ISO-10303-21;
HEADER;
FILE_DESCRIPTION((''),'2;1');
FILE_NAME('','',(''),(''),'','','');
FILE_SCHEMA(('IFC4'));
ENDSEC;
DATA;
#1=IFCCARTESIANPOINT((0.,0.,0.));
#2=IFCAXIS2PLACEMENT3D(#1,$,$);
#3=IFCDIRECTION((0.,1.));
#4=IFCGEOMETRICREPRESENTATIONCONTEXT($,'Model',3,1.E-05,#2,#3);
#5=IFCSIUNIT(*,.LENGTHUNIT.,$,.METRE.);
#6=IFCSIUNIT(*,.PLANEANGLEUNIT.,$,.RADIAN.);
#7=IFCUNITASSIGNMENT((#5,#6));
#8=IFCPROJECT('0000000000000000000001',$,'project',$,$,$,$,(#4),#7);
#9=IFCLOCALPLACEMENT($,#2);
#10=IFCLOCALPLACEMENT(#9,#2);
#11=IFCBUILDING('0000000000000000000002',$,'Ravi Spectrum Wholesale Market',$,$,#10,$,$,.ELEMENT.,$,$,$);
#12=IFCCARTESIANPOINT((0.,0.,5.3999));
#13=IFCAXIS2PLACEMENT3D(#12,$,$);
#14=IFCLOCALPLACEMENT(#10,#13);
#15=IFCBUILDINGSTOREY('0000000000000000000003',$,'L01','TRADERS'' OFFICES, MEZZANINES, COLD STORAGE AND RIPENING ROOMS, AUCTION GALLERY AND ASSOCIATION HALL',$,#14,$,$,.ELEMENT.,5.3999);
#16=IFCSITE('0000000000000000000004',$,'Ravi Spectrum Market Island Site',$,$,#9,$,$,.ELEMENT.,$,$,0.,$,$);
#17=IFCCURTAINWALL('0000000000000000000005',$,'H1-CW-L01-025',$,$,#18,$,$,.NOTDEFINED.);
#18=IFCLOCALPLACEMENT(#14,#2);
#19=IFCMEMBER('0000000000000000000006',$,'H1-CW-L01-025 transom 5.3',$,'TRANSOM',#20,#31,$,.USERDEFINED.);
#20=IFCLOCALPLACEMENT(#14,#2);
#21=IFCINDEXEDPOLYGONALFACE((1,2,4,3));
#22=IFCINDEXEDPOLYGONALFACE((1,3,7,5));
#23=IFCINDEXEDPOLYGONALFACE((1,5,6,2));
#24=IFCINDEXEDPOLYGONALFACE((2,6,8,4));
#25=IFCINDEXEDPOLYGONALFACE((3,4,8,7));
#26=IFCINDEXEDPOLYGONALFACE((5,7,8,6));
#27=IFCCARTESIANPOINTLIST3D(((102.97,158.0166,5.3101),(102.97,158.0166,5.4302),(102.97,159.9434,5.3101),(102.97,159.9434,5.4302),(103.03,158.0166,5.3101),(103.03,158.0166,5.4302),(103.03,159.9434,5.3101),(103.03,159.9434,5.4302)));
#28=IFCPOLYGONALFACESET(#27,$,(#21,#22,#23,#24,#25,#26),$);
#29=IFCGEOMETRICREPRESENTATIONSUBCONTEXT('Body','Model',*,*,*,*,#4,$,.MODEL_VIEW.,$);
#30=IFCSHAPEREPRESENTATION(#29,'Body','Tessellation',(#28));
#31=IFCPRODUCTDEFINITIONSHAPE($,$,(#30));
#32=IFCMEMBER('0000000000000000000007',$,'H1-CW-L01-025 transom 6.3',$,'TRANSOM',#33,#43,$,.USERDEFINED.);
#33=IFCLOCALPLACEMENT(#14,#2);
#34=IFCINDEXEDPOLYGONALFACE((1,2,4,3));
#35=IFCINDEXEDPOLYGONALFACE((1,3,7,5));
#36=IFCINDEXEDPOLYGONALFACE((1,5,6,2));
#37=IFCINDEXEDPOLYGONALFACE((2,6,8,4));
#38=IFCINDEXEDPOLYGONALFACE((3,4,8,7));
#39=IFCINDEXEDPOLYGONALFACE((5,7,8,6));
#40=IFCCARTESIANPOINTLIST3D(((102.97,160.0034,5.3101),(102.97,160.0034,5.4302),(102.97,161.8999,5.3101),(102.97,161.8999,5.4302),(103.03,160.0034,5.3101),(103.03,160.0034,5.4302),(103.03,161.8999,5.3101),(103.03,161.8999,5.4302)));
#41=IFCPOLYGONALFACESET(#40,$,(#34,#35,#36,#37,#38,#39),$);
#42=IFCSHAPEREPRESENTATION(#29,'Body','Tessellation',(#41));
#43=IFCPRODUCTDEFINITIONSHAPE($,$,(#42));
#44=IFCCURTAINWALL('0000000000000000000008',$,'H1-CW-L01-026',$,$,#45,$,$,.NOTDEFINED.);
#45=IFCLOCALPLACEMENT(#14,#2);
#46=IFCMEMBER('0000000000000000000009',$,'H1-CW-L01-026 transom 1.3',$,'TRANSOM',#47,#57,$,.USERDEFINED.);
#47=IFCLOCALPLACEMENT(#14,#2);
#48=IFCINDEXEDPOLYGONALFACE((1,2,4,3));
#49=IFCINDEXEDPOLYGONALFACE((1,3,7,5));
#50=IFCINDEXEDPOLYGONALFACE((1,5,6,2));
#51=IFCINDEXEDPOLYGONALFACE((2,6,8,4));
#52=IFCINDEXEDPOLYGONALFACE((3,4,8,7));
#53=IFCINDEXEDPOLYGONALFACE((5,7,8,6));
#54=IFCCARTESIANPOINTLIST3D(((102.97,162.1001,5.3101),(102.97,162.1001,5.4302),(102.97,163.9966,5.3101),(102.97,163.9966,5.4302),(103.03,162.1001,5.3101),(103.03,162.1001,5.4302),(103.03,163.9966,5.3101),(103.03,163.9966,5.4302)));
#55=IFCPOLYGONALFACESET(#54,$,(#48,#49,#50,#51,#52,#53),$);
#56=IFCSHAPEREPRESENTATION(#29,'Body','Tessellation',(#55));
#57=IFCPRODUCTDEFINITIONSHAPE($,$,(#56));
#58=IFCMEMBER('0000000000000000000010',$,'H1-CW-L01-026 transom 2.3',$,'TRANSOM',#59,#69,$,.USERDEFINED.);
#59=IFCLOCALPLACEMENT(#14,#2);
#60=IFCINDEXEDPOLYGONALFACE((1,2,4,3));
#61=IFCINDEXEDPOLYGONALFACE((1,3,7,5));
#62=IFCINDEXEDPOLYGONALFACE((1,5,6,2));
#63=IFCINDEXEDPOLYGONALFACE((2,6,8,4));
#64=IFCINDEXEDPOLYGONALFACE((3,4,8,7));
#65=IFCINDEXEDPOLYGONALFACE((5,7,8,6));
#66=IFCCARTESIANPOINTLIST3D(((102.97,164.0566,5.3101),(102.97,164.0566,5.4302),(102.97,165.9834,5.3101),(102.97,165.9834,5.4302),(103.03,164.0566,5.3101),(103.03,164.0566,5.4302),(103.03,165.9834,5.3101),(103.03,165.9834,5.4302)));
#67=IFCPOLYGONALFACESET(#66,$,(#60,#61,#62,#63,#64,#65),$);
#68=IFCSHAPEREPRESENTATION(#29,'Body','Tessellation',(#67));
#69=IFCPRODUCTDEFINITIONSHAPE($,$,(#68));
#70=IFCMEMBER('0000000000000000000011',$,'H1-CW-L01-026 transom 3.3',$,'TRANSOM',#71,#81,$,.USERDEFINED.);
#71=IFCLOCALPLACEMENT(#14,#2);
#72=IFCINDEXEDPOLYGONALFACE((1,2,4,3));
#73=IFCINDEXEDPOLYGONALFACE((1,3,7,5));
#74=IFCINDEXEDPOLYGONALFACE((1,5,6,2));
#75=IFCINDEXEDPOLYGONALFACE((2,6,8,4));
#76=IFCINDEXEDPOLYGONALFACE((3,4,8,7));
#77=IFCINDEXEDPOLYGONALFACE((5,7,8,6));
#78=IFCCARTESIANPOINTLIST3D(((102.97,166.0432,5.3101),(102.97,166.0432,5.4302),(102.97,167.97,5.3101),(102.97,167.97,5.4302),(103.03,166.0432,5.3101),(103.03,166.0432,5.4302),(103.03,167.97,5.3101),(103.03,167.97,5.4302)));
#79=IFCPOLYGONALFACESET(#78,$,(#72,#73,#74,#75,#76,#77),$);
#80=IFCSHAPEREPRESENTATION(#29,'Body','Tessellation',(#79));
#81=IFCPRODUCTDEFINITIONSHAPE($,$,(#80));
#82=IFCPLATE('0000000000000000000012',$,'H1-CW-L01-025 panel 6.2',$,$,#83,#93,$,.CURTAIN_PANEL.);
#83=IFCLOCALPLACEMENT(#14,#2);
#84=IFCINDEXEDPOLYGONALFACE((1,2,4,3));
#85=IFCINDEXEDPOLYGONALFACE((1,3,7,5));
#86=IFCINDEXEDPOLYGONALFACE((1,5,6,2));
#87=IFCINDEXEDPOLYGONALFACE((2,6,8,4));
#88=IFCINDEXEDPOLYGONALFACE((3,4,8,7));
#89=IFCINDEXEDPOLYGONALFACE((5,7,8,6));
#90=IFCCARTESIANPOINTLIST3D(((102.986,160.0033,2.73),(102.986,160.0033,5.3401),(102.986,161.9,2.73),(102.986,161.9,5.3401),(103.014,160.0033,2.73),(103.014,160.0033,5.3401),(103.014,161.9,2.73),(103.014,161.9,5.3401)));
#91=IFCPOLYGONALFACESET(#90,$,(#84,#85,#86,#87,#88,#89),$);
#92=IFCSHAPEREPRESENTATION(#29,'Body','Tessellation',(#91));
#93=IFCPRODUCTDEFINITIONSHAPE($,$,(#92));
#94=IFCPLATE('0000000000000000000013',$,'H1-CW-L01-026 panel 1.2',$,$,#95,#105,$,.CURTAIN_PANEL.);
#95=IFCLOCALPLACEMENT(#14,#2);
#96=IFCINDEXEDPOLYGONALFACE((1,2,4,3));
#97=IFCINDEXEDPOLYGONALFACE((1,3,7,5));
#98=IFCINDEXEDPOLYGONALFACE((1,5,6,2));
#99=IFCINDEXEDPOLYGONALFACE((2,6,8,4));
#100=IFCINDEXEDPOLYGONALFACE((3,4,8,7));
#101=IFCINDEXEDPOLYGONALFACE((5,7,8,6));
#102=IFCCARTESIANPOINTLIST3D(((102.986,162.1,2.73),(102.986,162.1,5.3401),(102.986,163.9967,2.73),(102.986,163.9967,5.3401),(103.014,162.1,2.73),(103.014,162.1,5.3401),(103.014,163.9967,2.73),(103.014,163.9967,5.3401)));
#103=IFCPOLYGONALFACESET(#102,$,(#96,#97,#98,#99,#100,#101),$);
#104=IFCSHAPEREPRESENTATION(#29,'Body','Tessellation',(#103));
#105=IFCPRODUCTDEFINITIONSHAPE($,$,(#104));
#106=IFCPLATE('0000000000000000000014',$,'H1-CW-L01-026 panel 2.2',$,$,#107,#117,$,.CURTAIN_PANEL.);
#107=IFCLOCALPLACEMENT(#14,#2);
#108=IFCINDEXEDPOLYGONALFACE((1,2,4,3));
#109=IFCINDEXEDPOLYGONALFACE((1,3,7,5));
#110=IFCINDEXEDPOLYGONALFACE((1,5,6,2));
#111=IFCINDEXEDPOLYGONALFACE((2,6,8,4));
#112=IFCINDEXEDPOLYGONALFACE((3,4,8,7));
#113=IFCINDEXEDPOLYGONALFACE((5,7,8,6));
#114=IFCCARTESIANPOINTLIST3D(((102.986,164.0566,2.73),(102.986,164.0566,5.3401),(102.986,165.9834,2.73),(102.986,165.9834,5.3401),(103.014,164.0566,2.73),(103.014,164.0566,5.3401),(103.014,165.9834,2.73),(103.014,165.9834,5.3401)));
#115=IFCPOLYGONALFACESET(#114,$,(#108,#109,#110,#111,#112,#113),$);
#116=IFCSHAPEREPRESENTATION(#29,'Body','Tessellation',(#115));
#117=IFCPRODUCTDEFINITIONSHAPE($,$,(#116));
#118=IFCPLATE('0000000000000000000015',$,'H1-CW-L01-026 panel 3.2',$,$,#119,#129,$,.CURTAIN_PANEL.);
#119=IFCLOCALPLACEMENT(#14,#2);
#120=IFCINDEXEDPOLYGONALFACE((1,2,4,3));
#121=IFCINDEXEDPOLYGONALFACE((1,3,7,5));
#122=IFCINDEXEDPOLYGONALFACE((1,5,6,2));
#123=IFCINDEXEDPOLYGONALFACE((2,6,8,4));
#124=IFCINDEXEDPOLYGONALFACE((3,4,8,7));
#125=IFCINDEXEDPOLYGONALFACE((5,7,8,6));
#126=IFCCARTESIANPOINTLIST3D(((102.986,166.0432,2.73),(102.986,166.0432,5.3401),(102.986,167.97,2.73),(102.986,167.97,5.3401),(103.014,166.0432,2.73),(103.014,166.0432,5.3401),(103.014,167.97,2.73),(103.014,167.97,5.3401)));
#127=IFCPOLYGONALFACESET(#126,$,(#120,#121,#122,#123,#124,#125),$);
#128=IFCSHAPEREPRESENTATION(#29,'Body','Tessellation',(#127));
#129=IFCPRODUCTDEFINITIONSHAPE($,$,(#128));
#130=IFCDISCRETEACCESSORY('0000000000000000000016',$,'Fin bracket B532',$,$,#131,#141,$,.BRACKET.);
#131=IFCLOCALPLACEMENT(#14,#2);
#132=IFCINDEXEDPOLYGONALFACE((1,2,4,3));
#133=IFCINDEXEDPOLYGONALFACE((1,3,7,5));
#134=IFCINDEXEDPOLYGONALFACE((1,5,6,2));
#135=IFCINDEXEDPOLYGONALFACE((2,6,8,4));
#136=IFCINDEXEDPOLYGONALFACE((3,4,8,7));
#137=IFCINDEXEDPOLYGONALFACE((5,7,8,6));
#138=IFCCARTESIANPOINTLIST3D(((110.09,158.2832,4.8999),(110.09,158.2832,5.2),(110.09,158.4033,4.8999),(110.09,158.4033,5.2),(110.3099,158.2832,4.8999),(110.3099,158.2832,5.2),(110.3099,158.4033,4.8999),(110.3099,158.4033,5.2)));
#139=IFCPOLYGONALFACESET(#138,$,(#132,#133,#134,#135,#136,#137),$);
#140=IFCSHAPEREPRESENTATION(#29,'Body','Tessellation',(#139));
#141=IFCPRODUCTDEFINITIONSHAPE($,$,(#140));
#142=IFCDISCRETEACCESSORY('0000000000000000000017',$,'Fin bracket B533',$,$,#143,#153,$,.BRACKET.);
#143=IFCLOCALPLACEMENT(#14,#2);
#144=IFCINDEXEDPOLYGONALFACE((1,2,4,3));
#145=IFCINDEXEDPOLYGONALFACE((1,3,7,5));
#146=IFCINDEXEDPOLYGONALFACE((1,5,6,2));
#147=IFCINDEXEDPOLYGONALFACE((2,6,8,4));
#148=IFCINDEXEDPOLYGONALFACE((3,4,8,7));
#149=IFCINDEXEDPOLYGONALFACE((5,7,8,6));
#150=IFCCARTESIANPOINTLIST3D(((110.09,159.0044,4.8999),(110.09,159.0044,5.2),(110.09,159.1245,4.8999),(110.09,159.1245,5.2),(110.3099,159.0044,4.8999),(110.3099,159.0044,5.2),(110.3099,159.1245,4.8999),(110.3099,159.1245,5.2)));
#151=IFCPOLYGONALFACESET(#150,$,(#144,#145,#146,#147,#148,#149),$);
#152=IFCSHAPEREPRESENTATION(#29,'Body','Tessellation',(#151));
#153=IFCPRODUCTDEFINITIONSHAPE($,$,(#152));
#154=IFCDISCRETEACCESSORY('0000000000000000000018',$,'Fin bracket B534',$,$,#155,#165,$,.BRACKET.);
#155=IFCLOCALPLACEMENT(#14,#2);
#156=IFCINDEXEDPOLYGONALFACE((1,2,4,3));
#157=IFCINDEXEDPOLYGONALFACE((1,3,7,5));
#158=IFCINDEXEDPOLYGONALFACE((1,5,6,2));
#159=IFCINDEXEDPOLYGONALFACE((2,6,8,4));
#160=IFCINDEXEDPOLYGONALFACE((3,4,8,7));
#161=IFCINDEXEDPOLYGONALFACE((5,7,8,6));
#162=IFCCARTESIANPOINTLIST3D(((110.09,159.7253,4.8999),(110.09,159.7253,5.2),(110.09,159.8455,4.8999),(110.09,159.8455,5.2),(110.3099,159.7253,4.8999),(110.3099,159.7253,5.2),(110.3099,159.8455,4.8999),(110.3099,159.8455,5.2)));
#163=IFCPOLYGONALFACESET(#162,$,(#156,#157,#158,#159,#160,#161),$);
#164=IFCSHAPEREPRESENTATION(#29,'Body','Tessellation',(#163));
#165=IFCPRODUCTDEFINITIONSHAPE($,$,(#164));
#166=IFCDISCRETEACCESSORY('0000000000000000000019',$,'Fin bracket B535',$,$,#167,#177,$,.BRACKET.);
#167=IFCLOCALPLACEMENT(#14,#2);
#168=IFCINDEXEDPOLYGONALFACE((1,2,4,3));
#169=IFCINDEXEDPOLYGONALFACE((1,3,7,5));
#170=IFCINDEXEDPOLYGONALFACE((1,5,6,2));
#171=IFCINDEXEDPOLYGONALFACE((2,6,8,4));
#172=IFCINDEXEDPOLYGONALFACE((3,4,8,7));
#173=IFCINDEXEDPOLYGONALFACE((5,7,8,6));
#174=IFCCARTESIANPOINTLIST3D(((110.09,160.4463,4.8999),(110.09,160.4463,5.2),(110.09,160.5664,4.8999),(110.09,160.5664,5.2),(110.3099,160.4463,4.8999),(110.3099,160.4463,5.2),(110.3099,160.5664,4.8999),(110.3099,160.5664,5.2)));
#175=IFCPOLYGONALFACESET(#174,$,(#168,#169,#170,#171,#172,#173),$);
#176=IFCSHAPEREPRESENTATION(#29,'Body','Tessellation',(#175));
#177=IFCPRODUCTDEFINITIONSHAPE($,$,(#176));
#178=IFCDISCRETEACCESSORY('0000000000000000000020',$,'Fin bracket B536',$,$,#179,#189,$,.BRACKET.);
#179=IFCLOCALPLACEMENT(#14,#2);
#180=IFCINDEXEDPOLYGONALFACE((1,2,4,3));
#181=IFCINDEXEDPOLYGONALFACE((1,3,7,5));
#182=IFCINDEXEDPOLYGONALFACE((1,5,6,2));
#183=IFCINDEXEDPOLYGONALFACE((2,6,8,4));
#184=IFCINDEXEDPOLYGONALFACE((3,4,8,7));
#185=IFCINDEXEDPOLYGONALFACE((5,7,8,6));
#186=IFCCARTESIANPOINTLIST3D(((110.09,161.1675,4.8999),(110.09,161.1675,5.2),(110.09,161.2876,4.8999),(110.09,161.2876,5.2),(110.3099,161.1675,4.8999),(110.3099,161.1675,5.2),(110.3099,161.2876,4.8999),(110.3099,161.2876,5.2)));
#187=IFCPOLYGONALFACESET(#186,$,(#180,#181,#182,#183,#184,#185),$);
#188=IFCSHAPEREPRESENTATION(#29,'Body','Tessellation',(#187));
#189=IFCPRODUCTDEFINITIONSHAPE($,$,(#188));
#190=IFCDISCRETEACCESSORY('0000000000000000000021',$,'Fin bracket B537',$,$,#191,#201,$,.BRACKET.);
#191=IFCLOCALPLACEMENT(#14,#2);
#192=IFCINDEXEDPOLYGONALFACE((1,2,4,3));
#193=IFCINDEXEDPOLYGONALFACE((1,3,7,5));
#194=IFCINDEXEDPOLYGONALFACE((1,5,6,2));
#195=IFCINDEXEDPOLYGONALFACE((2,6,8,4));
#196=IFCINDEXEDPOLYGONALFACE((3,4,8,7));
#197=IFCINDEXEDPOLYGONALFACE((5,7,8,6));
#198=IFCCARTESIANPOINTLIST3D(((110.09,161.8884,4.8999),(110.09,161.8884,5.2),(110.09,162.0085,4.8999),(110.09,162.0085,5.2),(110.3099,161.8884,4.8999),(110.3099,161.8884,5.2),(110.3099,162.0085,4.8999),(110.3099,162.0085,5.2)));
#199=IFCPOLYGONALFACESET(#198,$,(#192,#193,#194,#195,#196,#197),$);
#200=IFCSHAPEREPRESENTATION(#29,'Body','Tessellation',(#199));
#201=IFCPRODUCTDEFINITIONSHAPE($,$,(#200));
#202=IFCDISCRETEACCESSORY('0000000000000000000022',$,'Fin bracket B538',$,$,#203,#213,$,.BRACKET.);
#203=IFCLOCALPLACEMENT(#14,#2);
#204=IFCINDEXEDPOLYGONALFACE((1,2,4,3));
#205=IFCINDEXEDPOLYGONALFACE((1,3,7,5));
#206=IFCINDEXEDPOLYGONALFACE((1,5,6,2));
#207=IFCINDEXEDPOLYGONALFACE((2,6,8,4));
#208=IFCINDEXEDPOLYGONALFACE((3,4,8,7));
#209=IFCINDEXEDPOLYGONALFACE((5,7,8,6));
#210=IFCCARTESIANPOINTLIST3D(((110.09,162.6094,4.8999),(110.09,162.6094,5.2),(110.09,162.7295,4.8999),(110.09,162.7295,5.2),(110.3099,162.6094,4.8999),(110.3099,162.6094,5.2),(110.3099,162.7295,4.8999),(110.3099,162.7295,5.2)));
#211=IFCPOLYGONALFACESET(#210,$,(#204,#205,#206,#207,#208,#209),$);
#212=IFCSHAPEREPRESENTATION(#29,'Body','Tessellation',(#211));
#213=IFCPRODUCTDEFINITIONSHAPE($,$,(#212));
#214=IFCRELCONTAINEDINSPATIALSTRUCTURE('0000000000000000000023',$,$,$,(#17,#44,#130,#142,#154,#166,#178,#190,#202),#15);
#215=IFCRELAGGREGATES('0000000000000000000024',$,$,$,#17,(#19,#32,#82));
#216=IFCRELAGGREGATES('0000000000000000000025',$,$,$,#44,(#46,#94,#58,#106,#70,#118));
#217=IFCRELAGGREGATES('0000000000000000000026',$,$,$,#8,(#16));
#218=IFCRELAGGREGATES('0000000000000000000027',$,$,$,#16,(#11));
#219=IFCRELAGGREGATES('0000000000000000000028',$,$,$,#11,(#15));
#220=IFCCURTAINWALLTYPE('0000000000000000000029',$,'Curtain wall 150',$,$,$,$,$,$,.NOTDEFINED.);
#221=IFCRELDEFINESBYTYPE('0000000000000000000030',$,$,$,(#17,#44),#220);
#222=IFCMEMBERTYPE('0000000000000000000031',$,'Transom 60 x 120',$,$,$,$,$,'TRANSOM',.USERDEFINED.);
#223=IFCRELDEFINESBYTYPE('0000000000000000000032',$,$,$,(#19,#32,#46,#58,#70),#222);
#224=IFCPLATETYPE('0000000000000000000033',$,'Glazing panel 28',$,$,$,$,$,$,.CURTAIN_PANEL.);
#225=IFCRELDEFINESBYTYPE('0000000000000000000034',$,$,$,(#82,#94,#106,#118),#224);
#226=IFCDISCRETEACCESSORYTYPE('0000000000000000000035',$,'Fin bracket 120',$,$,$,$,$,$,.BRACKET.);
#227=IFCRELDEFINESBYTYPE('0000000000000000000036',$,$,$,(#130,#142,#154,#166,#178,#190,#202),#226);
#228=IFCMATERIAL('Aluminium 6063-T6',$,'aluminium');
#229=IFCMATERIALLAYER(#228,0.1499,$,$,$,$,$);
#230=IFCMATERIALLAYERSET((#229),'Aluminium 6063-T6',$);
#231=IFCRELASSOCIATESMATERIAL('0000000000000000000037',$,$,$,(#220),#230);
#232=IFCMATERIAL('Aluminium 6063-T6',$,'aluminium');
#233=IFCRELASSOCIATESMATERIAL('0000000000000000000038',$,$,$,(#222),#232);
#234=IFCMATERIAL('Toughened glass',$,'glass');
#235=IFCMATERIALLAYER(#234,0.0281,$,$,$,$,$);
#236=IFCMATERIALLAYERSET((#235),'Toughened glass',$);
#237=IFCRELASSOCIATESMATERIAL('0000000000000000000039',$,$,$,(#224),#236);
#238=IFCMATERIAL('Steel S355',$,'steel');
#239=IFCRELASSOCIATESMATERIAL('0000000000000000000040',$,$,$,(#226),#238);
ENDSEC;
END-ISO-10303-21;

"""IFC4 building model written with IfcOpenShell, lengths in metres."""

from ifc_helpers import new_model, si_unit, direction, frame, origin, origin_2d, place, context, subcontext, project, spatial, rectangle, extrude, material, layer, layer_set, material_profile, profile_set, type_object, element, aggregate, save


model = new_model("IFC4")

# Units and contexts
model_context = context("Model", 3, precision=1e-05, world=origin(), true_north=direction((0.0, 1.0)))
body_context = subcontext(model_context, "Body", "Model", "MODEL_VIEW")
ifc_project = project(units=[si_unit("LENGTHUNIT", "METRE"), si_unit("PLANEANGLEUNIT", "RADIAN")], contexts=[model_context])

# Site, building, storey
site_placement = place(None, origin())
site = spatial("IfcSite", under=ifc_project, at=site_placement, Name="Ravi Spectrum Market Island Site", CompositionType="ELEMENT", RefElevation=0.0)
building_placement = place(site_placement, origin())
building = spatial("IfcBuilding", under=site, at=building_placement, Name="Ravi Spectrum Wholesale Market", CompositionType="ELEMENT")
storey_placement = place(building_placement, frame((0.0, 0.0, 5.3999)))
storey = spatial("IfcBuildingStorey", under=building, at=storey_placement, Name="L01", Description="TRADERS' OFFICES, MEZZANINES, COLD STORAGE AND RIPENING ROOMS, AUCTION GALLERY AND ASSOCIATION HALL", CompositionType="ELEMENT", Elevation=5.3999)

# Curtain walls, members
ifc_material_1 = material(Name="Aluminium 6063-T6", Category="aluminium")
ifc_layer_1 = layer(ifc_material_1, 0.1499)
ifc_layer_set_1 = layer_set([ifc_layer_1], Name="Aluminium 6063-T6")
curtain_wall_type = type_object("IfcCurtainWallType", Name="Curtain wall 150", PredefinedType="NOTDEFINED", material=ifc_layer_set_1)
curtain_wall_1_placement = place(storey_placement, origin())
curtain_wall_1 = element("IfcCurtainWall", 1, at=curtain_wall_1_placement, inside=storey, type_object=curtain_wall_type, Name="H1-CW-L01-025", PredefinedType="NOTDEFINED")
ifc_material_2 = material(Name="Aluminium 6063-T6", Category="aluminium")
ifc_material_profile = material_profile(ifc_material_2, rectangle(XDim=0.0601, YDim=0.1201, at=origin_2d()))
ifc_profile_set = profile_set([ifc_material_profile], Name="Aluminium 6063-T6")
member_type = type_object("IfcMemberType", Name="Transom 60 x 120", ElementType="TRANSOM", PredefinedType="USERDEFINED", material=ifc_profile_set)
member_1_placement = place(storey_placement, frame((103.0, 158.0166, 5.3701), z_axis=(0.0, 1.0, 0.0), x_axis=(-1.0, 0.0, 0.0)))
member_1 = element("IfcMember", 2, at=member_1_placement, type_object=member_type, Name="H1-CW-L01-025 transom 5.3", ObjectType="TRANSOM", PredefinedType="USERDEFINED", context=body_context, shape_type="SweptSolid", body=[
    extrude(rectangle(XDim=0.0601, YDim=0.1201, at=origin_2d()), origin(), (0.0, 0.0, 1.0), 1.9268),
])
member_2_placement = place(storey_placement, frame((103.0, 160.0034, 5.3701), z_axis=(0.0, 1.0, 0.0), x_axis=(-1.0, 0.0, 0.0)))
member_2 = element("IfcMember", 3, at=member_2_placement, type_object=member_type, Name="H1-CW-L01-025 transom 6.3", ObjectType="TRANSOM", PredefinedType="USERDEFINED", context=body_context, shape_type="SweptSolid", body=[
    extrude(rectangle(XDim=0.0601, YDim=0.1201, at=origin_2d()), origin(), (0.0, 0.0, 1.0), 1.8965),
])
curtain_wall_2_placement = place(storey_placement, origin())
curtain_wall_2 = element("IfcCurtainWall", 4, at=curtain_wall_2_placement, inside=storey, type_object=curtain_wall_type, Name="H1-CW-L01-026", PredefinedType="NOTDEFINED")
member_3_placement = place(storey_placement, frame((103.0, 162.1001, 5.3701), z_axis=(0.0, 1.0, 0.0), x_axis=(-1.0, 0.0, 0.0)))
member_3 = element("IfcMember", 5, at=member_3_placement, type_object=member_type, Name="H1-CW-L01-026 transom 1.3", ObjectType="TRANSOM", PredefinedType="USERDEFINED", context=body_context, shape_type="SweptSolid", body=[
    extrude(rectangle(XDim=0.0601, YDim=0.1201, at=origin_2d()), origin(), (0.0, 0.0, 1.0), 1.8965),
])
member_4_placement = place(storey_placement, frame((103.0, 164.0566, 5.3701), z_axis=(0.0, 1.0, 0.0), x_axis=(-1.0, 0.0, 0.0)))
member_4 = element("IfcMember", 6, at=member_4_placement, type_object=member_type, Name="H1-CW-L01-026 transom 2.3", ObjectType="TRANSOM", PredefinedType="USERDEFINED", context=body_context, shape_type="SweptSolid", body=[
    extrude(rectangle(XDim=0.0601, YDim=0.1201, at=origin_2d()), origin(), (0.0, 0.0, 1.0), 1.9268),
])
member_5_placement = place(storey_placement, frame((103.0, 166.0432, 5.3701), z_axis=(0.0, 1.0, 0.0), x_axis=(-1.0, 0.0, 0.0)))
member_5 = element("IfcMember", 7, at=member_5_placement, type_object=member_type, Name="H1-CW-L01-026 transom 3.3", ObjectType="TRANSOM", PredefinedType="USERDEFINED", context=body_context, shape_type="SweptSolid", body=[
    extrude(rectangle(XDim=0.0601, YDim=0.1201, at=origin_2d()), origin(), (0.0, 0.0, 1.0), 1.9268),
])

# Plates
ifc_material_3 = material(Name="Toughened glass", Category="glass")
ifc_layer_2 = layer(ifc_material_3, 0.0281)
ifc_layer_set_2 = layer_set([ifc_layer_2], Name="Toughened glass")
plate_type = type_object("IfcPlateType", Name="Glazing panel 28", PredefinedType="CURTAIN_PANEL", material=ifc_layer_set_2)
plate_1_placement = place(storey_placement, frame((103.0, 160.9517, 2.73), z_axis=(0.0, 0.0, 1.0), x_axis=(0.0, 1.0, 0.0)))
plate_1 = element("IfcPlate", 8, at=plate_1_placement, type_object=plate_type, Name="H1-CW-L01-025 panel 6.2", PredefinedType="CURTAIN_PANEL", context=body_context, shape_type="SweptSolid", body=[
    extrude(rectangle(XDim=1.8967, YDim=0.0281, at=origin_2d()), origin(), (0.0, 0.0, 1.0), 2.6101),
])
aggregate(curtain_wall_1, [member_1, member_2, plate_1])
plate_2_placement = place(storey_placement, frame((103.0, 163.0483, 2.73), z_axis=(0.0, 0.0, 1.0), x_axis=(0.0, 1.0, 0.0)))
plate_2 = element("IfcPlate", 9, at=plate_2_placement, type_object=plate_type, Name="H1-CW-L01-026 panel 1.2", PredefinedType="CURTAIN_PANEL", context=body_context, shape_type="SweptSolid", body=[
    extrude(rectangle(XDim=1.8967, YDim=0.0281, at=origin_2d()), origin(), (0.0, 0.0, 1.0), 2.6101),
])
plate_3_placement = place(storey_placement, frame((103.0, 165.02, 2.73), z_axis=(0.0, 0.0, 1.0), x_axis=(0.0, 1.0, 0.0)))
plate_3 = element("IfcPlate", 10, at=plate_3_placement, type_object=plate_type, Name="H1-CW-L01-026 panel 2.2", PredefinedType="CURTAIN_PANEL", context=body_context, shape_type="SweptSolid", body=[
    extrude(rectangle(XDim=1.9268, YDim=0.0281, at=origin_2d()), origin(), (0.0, 0.0, 1.0), 2.6101),
])
plate_4_placement = place(storey_placement, frame((103.0, 167.0066, 2.73), z_axis=(0.0, 0.0, 1.0), x_axis=(0.0, 1.0, 0.0)))
plate_4 = element("IfcPlate", 11, at=plate_4_placement, type_object=plate_type, Name="H1-CW-L01-026 panel 3.2", PredefinedType="CURTAIN_PANEL", context=body_context, shape_type="SweptSolid", body=[
    extrude(rectangle(XDim=1.9268, YDim=0.0281, at=origin_2d()), origin(), (0.0, 0.0, 1.0), 2.6101),
])
aggregate(curtain_wall_2, [member_3, plate_2, member_4, plate_3, member_5, plate_4])

# Discrete accessories
ifc_material_4 = material(Name="Steel S355", Category="steel")
discrete_accessory_type = type_object("IfcDiscreteAccessoryType", Name="Fin bracket 120", PredefinedType="BRACKET", material=ifc_material_4)
for number, where, z_axis, x_axis, name in (
    (12, (110.2, 158.3433, 4.8999), (0.0, 0.0, 1.0), (0.0, 1.0, 0.0), "Fin bracket B532"),
    (13, (110.2, 159.0645, 4.8999), (0.0, 0.0, 1.0), (0.0, 1.0, 0.0), "Fin bracket B533"),
    (14, (110.2, 159.7854, 4.8999), (0.0, 0.0, 1.0), (0.0, 1.0, 0.0), "Fin bracket B534"),
    (15, (110.2, 160.5063, 4.8999), (0.0, 0.0, 1.0), (0.0, 1.0, 0.0), "Fin bracket B535"),
    (16, (110.2, 161.2275, 4.8999), (0.0, 0.0, 1.0), (0.0, 1.0, 0.0), "Fin bracket B536"),
    (17, (110.2, 161.9485, 4.8999), (0.0, 0.0, 1.0), (0.0, 1.0, 0.0), "Fin bracket B537"),
    (18, (110.2, 162.6694, 4.8999), (0.0, 0.0, 1.0), (0.0, 1.0, 0.0), "Fin bracket B538"),
):
    element("IfcDiscreteAccessory", number, at=place(storey_placement, frame(where, z_axis=z_axis, x_axis=x_axis)), inside=storey, type_object=discrete_accessory_type, Name=name, PredefinedType="BRACKET", context=body_context, shape_type="SweptSolid", body=[
        extrude(rectangle(XDim=0.1201, YDim=0.22, at=origin_2d()), origin(), (0.0, 0.0, 1.0), 0.3),
    ])

save(model, "model.ifc")
